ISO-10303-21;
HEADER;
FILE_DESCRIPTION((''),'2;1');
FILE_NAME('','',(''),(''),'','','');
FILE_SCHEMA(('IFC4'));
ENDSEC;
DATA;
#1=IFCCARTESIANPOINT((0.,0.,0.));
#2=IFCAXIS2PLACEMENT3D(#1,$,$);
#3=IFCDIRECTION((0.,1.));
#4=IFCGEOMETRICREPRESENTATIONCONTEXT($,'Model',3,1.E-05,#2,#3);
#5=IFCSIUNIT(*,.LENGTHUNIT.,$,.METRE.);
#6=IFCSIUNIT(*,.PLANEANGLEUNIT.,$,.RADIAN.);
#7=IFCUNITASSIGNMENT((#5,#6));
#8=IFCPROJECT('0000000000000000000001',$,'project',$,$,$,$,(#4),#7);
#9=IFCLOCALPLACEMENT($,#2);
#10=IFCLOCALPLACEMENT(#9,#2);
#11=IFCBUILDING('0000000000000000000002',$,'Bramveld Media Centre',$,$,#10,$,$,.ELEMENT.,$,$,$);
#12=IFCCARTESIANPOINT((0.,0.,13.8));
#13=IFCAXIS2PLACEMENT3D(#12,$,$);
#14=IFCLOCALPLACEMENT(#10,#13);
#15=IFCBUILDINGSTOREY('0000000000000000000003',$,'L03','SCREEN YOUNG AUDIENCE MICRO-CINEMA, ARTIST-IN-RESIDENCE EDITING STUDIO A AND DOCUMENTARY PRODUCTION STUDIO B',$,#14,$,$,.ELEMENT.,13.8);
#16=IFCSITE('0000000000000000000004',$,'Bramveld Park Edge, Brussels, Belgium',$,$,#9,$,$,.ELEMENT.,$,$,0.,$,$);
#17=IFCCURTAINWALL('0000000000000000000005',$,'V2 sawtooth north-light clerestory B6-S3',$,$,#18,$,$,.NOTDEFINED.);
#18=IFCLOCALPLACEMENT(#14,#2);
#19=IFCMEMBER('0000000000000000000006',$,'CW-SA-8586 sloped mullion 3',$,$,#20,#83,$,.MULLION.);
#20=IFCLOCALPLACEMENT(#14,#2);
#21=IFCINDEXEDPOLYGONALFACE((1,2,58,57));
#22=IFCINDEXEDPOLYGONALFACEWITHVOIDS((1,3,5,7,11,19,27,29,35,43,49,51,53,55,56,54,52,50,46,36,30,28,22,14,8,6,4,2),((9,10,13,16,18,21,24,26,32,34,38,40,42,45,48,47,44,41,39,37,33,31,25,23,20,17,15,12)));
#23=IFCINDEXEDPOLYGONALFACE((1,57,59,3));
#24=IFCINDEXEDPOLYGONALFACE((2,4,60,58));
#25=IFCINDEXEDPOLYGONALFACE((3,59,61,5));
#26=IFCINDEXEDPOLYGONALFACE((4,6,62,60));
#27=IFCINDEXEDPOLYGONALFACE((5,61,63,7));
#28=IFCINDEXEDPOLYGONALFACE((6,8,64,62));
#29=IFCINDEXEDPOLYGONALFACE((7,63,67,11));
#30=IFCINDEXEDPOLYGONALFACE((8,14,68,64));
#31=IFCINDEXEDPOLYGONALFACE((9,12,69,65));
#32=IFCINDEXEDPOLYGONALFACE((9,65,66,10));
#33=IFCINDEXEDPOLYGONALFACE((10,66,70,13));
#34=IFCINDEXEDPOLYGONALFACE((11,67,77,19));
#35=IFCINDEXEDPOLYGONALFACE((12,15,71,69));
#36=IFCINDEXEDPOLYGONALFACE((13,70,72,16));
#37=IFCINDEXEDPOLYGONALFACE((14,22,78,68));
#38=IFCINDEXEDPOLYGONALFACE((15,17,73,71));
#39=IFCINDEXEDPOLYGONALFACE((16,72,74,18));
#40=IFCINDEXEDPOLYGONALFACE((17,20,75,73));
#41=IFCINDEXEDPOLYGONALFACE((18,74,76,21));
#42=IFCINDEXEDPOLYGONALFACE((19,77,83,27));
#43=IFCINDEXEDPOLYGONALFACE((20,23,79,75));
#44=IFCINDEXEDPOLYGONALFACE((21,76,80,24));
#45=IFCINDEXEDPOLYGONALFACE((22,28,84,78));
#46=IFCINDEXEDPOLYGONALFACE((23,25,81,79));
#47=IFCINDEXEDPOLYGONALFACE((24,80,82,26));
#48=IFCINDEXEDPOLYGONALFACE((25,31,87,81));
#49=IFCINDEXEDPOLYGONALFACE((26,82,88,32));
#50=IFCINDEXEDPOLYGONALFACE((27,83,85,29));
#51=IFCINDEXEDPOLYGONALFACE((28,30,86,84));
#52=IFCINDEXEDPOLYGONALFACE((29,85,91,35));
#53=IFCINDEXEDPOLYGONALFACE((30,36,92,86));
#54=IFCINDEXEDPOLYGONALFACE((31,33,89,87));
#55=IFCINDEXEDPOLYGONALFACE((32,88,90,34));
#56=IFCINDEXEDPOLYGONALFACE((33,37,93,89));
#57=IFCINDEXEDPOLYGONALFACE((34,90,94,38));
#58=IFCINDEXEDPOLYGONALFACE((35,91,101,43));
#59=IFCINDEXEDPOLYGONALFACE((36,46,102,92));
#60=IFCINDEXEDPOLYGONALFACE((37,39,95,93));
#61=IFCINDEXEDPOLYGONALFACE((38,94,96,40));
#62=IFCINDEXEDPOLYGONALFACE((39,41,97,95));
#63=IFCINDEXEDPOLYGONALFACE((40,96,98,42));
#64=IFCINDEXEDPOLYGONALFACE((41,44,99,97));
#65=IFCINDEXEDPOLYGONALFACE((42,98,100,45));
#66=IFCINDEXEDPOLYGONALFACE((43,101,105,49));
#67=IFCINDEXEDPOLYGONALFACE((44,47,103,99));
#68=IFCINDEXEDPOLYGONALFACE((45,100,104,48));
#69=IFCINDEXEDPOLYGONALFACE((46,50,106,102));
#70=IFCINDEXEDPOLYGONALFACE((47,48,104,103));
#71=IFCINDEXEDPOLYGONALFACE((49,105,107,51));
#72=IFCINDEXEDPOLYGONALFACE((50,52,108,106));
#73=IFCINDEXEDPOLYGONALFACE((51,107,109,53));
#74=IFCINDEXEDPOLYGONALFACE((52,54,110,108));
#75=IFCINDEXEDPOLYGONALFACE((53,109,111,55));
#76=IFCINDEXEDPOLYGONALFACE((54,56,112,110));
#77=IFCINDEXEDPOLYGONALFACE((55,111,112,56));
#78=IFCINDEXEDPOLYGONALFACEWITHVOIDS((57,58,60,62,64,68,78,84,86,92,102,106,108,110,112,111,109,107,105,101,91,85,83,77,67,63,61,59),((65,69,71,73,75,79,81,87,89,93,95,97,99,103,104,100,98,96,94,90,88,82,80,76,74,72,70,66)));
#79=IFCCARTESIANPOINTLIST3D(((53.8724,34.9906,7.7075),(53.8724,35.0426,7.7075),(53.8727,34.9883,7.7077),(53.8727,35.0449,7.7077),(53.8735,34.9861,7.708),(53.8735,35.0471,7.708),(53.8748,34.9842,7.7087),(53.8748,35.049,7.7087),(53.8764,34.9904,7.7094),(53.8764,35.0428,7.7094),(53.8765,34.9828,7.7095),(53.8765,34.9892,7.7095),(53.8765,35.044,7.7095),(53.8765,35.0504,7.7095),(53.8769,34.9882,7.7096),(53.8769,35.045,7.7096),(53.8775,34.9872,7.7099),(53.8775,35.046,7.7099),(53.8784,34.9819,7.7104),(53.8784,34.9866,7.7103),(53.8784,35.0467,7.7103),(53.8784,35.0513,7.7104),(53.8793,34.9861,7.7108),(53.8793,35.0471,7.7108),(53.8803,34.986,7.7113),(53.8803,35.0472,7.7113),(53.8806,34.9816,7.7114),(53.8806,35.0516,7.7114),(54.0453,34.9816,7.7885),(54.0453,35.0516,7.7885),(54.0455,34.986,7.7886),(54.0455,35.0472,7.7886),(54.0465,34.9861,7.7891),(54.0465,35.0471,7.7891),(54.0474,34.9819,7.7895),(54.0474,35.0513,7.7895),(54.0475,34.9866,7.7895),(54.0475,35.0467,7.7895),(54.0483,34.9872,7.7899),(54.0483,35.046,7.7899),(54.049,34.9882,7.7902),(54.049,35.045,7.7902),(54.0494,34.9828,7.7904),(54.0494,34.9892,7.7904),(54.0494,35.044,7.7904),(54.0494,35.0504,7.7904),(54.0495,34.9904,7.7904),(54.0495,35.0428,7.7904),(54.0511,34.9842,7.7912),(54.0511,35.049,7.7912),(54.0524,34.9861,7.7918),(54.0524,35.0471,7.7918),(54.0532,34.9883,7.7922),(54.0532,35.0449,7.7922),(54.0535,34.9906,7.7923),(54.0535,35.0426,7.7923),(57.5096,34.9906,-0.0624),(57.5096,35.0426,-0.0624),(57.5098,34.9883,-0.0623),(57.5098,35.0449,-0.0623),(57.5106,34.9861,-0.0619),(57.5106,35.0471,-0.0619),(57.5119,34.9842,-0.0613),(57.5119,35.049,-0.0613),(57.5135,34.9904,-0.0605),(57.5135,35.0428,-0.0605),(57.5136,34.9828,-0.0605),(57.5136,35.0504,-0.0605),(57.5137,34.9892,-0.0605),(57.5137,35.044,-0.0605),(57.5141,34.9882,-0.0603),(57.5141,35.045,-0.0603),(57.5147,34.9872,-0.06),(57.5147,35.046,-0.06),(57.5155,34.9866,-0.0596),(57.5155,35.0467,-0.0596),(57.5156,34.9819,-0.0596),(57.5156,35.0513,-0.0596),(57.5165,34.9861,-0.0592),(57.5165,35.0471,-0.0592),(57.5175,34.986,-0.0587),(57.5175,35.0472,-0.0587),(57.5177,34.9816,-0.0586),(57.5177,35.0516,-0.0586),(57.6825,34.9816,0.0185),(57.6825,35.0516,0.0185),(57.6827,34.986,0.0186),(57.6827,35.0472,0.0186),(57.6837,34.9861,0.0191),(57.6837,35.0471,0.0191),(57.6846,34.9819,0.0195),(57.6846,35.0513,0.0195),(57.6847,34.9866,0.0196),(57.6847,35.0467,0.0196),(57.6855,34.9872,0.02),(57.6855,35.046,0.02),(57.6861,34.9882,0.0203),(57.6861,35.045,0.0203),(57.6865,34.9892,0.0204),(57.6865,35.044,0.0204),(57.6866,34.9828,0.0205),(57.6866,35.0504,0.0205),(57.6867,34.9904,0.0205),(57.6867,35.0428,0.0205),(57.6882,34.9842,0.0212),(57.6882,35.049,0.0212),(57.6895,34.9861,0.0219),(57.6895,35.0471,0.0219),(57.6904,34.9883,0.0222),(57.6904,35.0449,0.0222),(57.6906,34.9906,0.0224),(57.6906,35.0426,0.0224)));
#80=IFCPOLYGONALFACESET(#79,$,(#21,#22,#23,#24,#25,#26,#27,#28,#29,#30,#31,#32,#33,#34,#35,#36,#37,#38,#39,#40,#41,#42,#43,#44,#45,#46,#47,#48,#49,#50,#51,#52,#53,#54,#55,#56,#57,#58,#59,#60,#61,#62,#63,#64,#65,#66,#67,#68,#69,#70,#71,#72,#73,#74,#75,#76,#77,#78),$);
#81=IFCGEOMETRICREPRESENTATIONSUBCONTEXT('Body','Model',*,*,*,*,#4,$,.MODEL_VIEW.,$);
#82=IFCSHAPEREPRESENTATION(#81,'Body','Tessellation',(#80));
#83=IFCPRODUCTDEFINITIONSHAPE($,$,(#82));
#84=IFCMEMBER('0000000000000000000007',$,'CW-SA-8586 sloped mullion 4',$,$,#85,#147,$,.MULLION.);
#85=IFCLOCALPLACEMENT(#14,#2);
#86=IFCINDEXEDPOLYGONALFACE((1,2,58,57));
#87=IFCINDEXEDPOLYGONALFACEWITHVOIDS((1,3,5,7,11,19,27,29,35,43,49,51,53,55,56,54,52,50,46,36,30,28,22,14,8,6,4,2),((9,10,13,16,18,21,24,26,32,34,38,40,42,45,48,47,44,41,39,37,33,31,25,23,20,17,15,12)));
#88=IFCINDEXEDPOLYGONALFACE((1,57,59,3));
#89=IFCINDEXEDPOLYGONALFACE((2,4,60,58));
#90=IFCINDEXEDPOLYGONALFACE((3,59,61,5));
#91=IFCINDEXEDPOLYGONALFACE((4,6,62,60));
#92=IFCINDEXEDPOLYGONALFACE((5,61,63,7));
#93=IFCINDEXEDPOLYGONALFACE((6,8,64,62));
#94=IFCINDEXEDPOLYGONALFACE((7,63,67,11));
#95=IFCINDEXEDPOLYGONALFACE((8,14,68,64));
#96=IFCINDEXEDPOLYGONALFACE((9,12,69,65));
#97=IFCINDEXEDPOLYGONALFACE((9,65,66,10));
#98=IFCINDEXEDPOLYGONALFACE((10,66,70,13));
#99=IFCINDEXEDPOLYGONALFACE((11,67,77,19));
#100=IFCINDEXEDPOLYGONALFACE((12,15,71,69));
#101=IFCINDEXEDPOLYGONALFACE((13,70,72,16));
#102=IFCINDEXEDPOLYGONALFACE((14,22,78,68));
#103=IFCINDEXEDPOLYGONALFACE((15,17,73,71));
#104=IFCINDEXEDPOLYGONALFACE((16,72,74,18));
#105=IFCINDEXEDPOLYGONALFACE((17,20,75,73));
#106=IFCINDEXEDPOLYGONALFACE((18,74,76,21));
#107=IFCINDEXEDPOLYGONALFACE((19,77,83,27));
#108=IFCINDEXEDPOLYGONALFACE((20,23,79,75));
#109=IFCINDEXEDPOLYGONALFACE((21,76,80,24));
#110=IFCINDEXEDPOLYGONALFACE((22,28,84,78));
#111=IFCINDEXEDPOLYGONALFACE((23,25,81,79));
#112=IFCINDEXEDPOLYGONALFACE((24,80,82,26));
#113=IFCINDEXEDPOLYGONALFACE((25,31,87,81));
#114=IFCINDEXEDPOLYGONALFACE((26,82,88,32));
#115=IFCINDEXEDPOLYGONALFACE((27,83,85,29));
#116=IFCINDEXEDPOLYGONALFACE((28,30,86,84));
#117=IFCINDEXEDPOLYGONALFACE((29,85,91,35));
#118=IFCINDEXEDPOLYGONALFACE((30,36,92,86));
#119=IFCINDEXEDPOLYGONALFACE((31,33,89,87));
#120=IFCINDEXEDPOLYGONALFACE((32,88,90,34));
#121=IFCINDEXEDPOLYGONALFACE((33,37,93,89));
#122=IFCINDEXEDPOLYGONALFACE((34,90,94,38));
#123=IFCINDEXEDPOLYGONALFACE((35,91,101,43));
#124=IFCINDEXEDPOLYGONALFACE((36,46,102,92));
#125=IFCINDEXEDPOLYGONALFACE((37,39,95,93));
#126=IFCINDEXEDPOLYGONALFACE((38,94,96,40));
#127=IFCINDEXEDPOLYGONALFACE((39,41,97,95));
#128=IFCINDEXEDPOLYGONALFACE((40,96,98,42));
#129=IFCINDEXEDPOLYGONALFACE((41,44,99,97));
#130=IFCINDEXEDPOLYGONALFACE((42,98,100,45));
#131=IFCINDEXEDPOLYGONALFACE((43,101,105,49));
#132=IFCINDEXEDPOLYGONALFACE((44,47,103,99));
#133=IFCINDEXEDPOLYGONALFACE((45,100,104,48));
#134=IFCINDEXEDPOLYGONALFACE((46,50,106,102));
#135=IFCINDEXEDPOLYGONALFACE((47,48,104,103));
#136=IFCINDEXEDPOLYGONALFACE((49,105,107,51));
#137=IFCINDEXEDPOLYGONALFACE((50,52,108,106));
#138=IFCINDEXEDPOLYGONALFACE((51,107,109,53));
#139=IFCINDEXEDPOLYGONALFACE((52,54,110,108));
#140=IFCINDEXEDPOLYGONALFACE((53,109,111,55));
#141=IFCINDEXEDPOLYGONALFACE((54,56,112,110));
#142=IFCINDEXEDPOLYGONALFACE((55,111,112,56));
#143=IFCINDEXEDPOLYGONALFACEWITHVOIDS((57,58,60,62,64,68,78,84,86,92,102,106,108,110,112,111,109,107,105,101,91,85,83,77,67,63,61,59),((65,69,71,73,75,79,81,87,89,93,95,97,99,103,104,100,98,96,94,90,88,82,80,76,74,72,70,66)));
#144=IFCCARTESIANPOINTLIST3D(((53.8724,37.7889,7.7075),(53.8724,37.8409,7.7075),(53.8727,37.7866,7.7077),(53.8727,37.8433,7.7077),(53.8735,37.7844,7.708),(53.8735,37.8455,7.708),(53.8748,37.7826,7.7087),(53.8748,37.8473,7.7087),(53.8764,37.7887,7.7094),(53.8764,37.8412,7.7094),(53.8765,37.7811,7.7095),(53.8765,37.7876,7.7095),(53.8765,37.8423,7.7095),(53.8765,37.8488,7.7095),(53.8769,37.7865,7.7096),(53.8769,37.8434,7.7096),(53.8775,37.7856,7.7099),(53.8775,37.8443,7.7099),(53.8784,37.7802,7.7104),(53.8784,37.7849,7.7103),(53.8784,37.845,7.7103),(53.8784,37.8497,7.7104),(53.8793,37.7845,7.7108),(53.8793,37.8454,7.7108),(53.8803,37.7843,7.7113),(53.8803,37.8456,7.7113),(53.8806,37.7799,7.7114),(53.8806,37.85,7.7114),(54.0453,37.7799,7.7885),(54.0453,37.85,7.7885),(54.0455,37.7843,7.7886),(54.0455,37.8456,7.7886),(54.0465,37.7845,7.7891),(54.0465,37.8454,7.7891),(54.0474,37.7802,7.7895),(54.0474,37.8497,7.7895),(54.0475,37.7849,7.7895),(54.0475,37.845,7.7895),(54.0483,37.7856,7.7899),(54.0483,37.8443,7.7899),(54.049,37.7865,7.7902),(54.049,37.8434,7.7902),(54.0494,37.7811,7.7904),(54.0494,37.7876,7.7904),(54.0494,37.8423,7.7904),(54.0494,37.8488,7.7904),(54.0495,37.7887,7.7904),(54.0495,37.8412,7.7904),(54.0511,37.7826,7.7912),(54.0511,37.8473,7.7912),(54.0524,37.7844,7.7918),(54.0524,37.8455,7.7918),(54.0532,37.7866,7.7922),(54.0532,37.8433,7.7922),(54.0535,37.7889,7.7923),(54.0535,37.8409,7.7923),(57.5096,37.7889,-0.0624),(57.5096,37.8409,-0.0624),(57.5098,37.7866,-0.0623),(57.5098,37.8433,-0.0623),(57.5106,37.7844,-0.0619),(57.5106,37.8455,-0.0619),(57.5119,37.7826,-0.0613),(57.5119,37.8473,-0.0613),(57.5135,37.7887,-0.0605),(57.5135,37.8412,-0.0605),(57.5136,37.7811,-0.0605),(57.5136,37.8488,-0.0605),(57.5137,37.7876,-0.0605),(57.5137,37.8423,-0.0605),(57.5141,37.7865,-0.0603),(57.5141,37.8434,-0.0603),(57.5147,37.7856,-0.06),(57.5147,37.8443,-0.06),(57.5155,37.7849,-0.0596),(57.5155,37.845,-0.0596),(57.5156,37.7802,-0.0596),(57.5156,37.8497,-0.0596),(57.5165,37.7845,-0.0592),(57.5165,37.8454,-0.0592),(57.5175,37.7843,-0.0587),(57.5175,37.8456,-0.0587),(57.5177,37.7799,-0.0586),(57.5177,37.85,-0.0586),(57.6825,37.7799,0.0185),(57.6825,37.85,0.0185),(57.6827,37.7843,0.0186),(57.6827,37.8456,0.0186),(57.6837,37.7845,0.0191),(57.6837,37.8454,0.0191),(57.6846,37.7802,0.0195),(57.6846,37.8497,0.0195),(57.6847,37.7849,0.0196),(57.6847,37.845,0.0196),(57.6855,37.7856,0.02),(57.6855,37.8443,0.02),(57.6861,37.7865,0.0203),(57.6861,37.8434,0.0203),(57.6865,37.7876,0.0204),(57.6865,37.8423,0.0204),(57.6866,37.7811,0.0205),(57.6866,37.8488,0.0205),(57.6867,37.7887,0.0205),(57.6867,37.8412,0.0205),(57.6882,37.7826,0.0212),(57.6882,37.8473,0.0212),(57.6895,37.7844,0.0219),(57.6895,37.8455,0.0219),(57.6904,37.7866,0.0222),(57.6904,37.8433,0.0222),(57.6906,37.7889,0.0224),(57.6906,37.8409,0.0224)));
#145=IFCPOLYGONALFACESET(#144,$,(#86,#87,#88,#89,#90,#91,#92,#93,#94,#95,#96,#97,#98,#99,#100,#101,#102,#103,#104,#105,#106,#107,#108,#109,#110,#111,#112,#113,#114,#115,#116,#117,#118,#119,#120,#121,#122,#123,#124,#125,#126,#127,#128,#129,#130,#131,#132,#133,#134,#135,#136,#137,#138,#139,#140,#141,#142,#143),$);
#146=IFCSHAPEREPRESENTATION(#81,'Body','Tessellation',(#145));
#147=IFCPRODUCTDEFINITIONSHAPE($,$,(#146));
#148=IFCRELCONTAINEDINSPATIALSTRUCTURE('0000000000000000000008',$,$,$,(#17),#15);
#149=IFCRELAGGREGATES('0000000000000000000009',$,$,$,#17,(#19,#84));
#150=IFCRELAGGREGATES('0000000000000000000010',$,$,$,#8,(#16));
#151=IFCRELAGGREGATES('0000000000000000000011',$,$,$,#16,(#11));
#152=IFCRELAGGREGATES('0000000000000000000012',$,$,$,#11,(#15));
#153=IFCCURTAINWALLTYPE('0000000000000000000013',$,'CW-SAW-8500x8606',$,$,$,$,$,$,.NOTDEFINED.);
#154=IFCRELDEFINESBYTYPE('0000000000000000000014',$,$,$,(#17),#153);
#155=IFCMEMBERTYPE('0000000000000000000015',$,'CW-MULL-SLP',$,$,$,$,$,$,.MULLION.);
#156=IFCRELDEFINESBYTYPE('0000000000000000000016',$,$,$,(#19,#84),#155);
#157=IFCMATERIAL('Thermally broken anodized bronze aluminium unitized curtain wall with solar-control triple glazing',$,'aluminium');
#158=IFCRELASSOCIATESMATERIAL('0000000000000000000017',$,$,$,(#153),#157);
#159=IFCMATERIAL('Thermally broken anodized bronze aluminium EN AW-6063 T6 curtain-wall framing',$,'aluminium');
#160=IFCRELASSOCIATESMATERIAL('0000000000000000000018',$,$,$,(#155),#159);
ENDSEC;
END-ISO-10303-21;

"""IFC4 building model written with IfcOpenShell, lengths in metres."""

from ifc_helpers import new_model, si_unit, direction, frame, origin, origin_2d, place, context, subcontext, project, spatial, hollow_rectangle, extrude, material, material_profile, profile_set, type_object, element, aggregate, save


model = new_model("IFC4")

# Units and contexts
model_context = context("Model", 3, precision=1e-05, world=origin(), true_north=direction((0.0, 1.0)))
body_context = subcontext(model_context, "Body", "Model", "MODEL_VIEW")
ifc_project = project(units=[si_unit("LENGTHUNIT", "METRE"), si_unit("PLANEANGLEUNIT", "RADIAN")], contexts=[model_context])

# Site, building, storey
site_placement = place(None, origin())
site = spatial("IfcSite", under=ifc_project, at=site_placement, Name="Bramveld Park Edge, Brussels, Belgium", CompositionType="ELEMENT", RefElevation=0.0)
building_placement = place(site_placement, origin())
building = spatial("IfcBuilding", under=site, at=building_placement, Name="Bramveld Media Centre", CompositionType="ELEMENT")
storey_placement = place(building_placement, frame((0.0, 0.0, 13.8)))
storey = spatial("IfcBuildingStorey", under=building, at=storey_placement, Name="L03", Description="SCREEN YOUNG AUDIENCE MICRO-CINEMA, ARTIST-IN-RESIDENCE EDITING STUDIO A AND DOCUMENTARY PRODUCTION STUDIO B", CompositionType="ELEMENT", Elevation=13.8)

# Curtain wall, members
ifc_material_1 = material(Name="Thermally broken anodized bronze aluminium unitized curtain wall with solar-control triple glazing", Category="aluminium")
curtain_wall_type = type_object("IfcCurtainWallType", Name="CW-SAW-8500x8606", PredefinedType="NOTDEFINED", material=ifc_material_1)
curtain_wall_placement = place(storey_placement, origin())
curtain_wall = element("IfcCurtainWall", 1, at=curtain_wall_placement, inside=storey, type_object=curtain_wall_type, Name="V2 sawtooth north-light clerestory B6-S3", PredefinedType="NOTDEFINED")
ifc_material_2 = material(Name="Thermally broken anodized bronze aluminium EN AW-6063 T6 curtain-wall framing", Category="aluminium")
ifc_material_profile_1 = material_profile(ifc_material_2, hollow_rectangle(XDim=0.0701, YDim=0.2, WallThickness=0.0044, InnerFilletRadius=0.0044, OuterFilletRadius=0.009, at=origin_2d()), Name="AL-MULL 70x200")
ifc_profile_set_1 = profile_set([ifc_material_profile_1], Name="Thermally broken anodized bronze aluminium EN AW-6063 T6 curtain-wall framing")
member_type_1 = type_object("IfcMemberType", Name="CW-MULL-SLP", PredefinedType="MULLION", material=ifc_profile_set_1)
member_1_placement = place(storey_placement, frame((57.6001, 35.0166, -0.02), z_axis=(-0.423957, 0.0, 0.905682), x_axis=(0.0, -1.0, 0.0)))
member_1 = element("IfcMember", 2, at=member_1_placement, type_object=member_type_1, Name="CW-SA-8586 sloped mullion 3", PredefinedType="MULLION", context=body_context, shape_type="SweptSolid", body=[
    extrude(hollow_rectangle(XDim=0.0701, YDim=0.2, WallThickness=0.0044, InnerFilletRadius=0.0044, OuterFilletRadius=0.009, at=origin_2d()), origin(), (0.0, 0.0, 1.0), 8.5791),
])
member_2_placement = place(storey_placement, frame((57.6001, 37.8149, -0.02), z_axis=(-0.423957, 0.0, 0.905682), x_axis=(0.0, -1.0, 0.0)))
member_2 = element("IfcMember", 3, at=member_2_placement, type_object=member_type_1, Name="CW-SA-8586 sloped mullion 4", PredefinedType="MULLION", context=body_context, shape_type="SweptSolid", body=[
    extrude(hollow_rectangle(XDim=0.0701, YDim=0.2, WallThickness=0.0044, InnerFilletRadius=0.0044, OuterFilletRadius=0.009, at=origin_2d()), origin(), (0.0, 0.0, 1.0), 8.5791),
])

aggregate(curtain_wall, [member_1, member_2])

save(model, "model.ifc")
